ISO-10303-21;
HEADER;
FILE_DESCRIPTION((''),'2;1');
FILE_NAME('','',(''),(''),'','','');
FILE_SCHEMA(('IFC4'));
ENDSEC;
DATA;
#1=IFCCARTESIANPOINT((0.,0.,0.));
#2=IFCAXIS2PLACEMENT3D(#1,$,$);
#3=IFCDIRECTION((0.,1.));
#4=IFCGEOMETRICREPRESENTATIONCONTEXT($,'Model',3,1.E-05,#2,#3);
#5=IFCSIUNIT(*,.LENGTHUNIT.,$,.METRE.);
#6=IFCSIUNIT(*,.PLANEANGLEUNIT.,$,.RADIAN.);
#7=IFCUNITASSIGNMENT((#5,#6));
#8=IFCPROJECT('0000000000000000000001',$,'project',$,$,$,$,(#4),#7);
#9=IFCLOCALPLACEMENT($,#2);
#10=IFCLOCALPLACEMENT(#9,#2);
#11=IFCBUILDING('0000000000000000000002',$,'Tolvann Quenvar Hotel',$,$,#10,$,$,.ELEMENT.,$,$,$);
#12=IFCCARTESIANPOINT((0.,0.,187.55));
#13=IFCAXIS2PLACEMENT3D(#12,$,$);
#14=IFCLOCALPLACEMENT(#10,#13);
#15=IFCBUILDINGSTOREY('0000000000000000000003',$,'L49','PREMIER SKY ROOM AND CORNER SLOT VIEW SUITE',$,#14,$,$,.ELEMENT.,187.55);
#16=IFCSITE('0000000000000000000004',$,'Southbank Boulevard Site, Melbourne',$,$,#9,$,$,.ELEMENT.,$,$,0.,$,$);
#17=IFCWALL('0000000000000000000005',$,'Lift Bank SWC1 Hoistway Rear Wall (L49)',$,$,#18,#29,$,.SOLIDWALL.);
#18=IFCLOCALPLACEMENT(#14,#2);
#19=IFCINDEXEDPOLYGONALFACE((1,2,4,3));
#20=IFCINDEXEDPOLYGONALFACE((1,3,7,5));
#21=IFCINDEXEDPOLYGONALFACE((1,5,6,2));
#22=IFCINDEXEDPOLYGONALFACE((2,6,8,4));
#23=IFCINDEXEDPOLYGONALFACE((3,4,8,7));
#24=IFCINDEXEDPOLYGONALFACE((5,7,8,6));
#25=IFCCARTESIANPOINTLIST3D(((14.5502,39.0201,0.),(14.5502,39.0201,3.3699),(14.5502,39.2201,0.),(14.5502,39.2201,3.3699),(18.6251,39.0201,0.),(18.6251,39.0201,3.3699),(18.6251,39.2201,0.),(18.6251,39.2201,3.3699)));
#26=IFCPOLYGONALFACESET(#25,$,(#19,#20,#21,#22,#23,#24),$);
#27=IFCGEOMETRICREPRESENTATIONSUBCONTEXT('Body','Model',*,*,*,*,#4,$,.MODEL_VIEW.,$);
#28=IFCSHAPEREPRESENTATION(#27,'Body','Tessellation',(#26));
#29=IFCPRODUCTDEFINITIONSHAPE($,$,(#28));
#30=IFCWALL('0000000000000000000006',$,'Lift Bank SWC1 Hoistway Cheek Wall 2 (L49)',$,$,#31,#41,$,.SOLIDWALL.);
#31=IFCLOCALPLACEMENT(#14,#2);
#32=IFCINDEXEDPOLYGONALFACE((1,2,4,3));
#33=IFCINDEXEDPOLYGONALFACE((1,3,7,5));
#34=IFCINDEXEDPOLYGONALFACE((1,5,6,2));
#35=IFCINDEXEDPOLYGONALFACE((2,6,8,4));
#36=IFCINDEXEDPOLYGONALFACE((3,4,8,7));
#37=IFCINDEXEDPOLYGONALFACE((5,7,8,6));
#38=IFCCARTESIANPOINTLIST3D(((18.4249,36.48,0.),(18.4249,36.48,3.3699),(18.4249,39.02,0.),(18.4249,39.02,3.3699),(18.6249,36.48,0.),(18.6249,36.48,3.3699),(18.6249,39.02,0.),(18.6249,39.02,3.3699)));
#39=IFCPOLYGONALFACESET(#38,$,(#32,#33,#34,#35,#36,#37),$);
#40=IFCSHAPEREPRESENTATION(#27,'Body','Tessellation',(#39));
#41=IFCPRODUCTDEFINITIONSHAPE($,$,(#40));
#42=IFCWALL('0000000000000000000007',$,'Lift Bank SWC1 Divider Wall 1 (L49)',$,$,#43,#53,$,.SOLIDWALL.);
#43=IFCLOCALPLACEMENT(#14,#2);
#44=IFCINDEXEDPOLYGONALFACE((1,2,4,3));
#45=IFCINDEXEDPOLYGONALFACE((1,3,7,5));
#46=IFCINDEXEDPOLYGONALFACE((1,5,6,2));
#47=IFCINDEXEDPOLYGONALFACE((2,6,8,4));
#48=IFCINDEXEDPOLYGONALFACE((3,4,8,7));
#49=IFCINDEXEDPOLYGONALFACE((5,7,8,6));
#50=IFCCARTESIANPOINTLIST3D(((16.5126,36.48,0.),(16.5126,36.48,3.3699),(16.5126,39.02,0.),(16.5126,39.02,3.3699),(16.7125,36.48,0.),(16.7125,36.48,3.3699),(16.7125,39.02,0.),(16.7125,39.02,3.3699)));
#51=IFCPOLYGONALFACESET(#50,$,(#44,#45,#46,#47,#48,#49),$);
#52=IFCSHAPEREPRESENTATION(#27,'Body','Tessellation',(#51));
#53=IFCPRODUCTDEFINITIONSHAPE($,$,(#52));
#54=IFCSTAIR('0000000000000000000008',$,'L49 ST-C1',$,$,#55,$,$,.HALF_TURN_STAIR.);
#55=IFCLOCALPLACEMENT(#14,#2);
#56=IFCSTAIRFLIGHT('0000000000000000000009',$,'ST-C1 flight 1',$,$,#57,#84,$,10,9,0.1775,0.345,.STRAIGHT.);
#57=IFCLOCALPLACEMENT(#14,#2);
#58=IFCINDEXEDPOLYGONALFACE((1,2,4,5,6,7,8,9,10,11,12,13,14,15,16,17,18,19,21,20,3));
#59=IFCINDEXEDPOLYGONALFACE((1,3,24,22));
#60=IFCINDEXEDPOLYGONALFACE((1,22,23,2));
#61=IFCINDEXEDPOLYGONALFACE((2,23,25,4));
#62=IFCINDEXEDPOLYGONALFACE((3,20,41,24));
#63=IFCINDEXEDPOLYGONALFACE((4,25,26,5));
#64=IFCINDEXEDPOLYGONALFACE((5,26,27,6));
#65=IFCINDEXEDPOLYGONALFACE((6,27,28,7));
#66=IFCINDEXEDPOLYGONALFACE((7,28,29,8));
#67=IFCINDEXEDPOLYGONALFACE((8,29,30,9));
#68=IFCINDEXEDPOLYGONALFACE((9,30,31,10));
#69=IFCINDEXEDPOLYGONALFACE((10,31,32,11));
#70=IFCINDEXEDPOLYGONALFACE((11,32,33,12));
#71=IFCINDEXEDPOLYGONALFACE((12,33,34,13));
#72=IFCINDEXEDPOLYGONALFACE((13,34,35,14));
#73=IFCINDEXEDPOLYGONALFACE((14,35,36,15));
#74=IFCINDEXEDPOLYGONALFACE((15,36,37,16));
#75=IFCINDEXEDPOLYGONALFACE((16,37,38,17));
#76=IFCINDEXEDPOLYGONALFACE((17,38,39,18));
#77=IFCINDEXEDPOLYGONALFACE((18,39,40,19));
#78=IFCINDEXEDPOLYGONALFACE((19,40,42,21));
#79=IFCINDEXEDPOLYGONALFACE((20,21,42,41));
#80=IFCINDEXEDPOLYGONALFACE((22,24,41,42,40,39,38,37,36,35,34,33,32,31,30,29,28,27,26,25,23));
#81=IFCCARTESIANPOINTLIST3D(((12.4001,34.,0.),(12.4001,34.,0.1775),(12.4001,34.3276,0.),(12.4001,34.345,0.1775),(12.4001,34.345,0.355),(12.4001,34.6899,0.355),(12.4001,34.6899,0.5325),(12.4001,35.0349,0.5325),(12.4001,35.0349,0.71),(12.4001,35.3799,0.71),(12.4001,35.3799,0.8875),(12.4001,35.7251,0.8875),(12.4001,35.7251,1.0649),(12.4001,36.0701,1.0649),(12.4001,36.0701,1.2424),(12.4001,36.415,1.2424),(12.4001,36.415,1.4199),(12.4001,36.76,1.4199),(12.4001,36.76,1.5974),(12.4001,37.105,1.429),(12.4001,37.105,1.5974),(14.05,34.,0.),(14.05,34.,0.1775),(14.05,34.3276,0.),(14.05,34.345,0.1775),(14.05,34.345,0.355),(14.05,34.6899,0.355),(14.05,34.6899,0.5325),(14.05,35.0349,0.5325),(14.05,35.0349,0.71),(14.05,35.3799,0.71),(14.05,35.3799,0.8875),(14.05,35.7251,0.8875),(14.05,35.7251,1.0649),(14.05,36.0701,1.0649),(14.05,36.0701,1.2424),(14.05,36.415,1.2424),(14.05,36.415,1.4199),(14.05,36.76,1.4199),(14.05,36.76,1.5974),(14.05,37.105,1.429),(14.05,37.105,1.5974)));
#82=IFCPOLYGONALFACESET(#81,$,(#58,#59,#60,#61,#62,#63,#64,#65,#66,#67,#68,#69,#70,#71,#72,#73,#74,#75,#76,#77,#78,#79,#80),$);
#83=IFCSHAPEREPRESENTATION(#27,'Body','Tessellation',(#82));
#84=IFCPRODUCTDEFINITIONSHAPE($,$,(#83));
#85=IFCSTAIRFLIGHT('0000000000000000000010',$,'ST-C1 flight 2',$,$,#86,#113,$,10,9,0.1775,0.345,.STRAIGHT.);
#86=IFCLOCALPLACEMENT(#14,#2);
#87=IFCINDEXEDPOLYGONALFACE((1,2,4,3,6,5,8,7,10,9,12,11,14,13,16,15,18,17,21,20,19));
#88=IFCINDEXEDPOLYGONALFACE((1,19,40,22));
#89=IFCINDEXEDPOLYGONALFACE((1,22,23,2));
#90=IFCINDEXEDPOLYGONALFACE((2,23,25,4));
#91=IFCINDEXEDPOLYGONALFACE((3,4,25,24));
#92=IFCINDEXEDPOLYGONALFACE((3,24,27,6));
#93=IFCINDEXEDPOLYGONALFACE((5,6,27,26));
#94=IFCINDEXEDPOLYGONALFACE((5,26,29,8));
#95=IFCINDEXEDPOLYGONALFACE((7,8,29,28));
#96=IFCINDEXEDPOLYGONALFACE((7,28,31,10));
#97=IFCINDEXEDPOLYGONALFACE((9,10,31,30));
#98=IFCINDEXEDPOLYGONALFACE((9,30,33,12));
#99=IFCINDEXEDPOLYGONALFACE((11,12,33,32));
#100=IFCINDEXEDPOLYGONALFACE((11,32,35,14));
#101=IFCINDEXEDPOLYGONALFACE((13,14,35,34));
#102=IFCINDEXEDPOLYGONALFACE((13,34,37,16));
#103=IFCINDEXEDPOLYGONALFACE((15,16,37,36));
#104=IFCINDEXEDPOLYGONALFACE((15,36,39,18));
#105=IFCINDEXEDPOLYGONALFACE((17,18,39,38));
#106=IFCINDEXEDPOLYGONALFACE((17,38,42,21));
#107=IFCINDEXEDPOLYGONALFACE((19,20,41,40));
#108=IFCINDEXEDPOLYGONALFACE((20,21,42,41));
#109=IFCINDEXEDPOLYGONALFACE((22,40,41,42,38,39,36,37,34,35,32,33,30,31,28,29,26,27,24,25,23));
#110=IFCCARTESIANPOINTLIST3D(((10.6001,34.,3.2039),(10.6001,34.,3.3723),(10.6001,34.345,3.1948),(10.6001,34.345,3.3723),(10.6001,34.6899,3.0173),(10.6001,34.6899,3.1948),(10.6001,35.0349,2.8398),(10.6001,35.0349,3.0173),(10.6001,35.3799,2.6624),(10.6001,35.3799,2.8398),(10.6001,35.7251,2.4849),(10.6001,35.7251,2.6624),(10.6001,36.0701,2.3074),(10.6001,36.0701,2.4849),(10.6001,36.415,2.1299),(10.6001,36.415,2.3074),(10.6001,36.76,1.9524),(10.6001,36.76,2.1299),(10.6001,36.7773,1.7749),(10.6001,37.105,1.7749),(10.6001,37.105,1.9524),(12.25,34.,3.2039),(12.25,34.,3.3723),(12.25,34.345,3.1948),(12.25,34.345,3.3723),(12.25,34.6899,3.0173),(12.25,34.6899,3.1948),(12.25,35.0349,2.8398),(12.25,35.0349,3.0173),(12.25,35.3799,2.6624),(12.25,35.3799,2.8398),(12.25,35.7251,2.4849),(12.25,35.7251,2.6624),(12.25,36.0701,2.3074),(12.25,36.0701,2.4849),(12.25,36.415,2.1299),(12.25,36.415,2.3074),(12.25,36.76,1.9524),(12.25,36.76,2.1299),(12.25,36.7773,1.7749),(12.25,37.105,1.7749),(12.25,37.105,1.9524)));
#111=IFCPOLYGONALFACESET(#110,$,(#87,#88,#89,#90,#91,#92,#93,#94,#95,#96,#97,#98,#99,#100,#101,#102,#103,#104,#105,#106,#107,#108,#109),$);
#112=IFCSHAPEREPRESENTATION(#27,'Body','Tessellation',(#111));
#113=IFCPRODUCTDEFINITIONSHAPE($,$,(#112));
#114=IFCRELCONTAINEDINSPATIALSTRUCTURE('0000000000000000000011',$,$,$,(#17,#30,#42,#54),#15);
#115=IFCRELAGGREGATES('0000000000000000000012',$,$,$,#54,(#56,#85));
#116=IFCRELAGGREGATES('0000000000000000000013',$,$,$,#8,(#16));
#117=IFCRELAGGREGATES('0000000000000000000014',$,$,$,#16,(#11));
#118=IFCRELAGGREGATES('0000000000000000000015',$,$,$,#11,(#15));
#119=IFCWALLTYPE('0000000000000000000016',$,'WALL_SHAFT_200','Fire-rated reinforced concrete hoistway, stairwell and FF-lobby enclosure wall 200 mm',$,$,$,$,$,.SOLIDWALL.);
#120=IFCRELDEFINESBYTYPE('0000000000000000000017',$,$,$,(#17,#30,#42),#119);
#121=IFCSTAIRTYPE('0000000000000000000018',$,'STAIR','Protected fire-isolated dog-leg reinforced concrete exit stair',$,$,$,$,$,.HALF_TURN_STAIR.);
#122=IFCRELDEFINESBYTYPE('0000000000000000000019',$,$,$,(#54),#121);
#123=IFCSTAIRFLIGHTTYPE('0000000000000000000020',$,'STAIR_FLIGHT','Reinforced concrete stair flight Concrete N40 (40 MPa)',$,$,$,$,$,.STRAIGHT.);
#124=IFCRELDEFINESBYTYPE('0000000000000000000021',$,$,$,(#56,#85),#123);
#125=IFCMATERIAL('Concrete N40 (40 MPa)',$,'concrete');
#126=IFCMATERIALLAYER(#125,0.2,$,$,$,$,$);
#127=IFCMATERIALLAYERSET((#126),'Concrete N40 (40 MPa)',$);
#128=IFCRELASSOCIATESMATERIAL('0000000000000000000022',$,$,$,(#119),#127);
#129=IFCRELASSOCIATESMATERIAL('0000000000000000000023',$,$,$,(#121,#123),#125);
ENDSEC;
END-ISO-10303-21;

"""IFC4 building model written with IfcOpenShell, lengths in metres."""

from ifc_helpers import new_model, si_unit, direction, frame, frame_2d, origin, place, context, subcontext, project, spatial, polyline, rectangle, outline, extrude, material, layer, layer_set, type_object, element, aggregate, save


model = new_model("IFC4")

# Units and contexts
model_context = context("Model", 3, precision=1e-05, world=origin(), true_north=direction((0.0, 1.0)))
body_context = subcontext(model_context, "Body", "Model", "MODEL_VIEW")
ifc_project = project(units=[si_unit("LENGTHUNIT", "METRE"), si_unit("PLANEANGLEUNIT", "RADIAN")], contexts=[model_context])

# Site, building, storey
site_placement = place(None, origin())
site = spatial("IfcSite", under=ifc_project, at=site_placement, Name="Southbank Boulevard Site, Melbourne", CompositionType="ELEMENT", RefElevation=0.0)
building_placement = place(site_placement, origin())
building = spatial("IfcBuilding", under=site, at=building_placement, Name="Tolvann Quenvar Hotel", CompositionType="ELEMENT")
storey_placement = place(building_placement, frame((0.0, 0.0, 187.55)))
storey = spatial("IfcBuildingStorey", under=building, at=storey_placement, Name="L49", Description="PREMIER SKY ROOM AND CORNER SLOT VIEW SUITE", CompositionType="ELEMENT", Elevation=187.55)

# Shared definitions
ifc_material_1 = material(Name="Concrete N40 (40 MPa)", Category="concrete")
ifc_layer_1 = layer(ifc_material_1, 0.2)
ifc_layer_set_1 = layer_set([ifc_layer_1], Name="Concrete N40 (40 MPa)")
wall_type_1 = type_object("IfcWallType", Name="WALL_SHAFT_200", Description="Fire-rated reinforced concrete hoistway, stairwell and FF-lobby enclosure wall 200 mm", PredefinedType="SOLIDWALL", material=ifc_layer_set_1)

# Walls
wall_1_placement = place(storey_placement, frame((14.55, 39.1201, 0.0), z_axis=(0.0, 0.0, 1.0), x_axis=(1.0, 0.0, 0.0)))
element("IfcWall", 1, at=wall_1_placement, inside=storey, type_object=wall_type_1, Name="Lift Bank SWC1 Hoistway Rear Wall (L49)", PredefinedType="SOLIDWALL", context=body_context, shape_type="SweptSolid", body=[
    extrude(rectangle(XDim=4.075, YDim=0.2, at=frame_2d((2.0376, 0.0))), origin(), (0.0, 0.0, 1.0), 3.3699),
])
for number, where, z_axis, x_axis, name in (
    (2, (18.5249, 36.48, 0.0), (0.0, 0.0, 1.0), (0.0, 1.0, 0.0), "Lift Bank SWC1 Hoistway Cheek Wall 2 (L49)"),
    (3, (16.6125, 36.48, 0.0), (0.0, 0.0, 1.0), (0.0, 1.0, 0.0), "Lift Bank SWC1 Divider Wall 1 (L49)"),
):
    element("IfcWall", number, at=place(storey_placement, frame(where, z_axis=z_axis, x_axis=x_axis)), inside=storey, type_object=wall_type_1, Name=name, PredefinedType="SOLIDWALL", context=body_context, shape_type="SweptSolid", body=[
        extrude(rectangle(XDim=2.54, YDim=0.2, at=frame_2d((1.27, 0.0))), origin(), (0.0, 0.0, 1.0), 3.3699),
    ])

# Stair, stair flights
stair_type = type_object("IfcStairType", Name="STAIR", Description="Protected fire-isolated dog-leg reinforced concrete exit stair", PredefinedType="HALF_TURN_STAIR", material=ifc_material_1)
stair_placement = place(storey_placement, origin())
stair = element("IfcStair", 4, at=stair_placement, inside=storey, type_object=stair_type, Name="L49 ST-C1", PredefinedType="HALF_TURN_STAIR")
stair_flight_type = type_object("IfcStairFlightType", Name="STAIR_FLIGHT", Description="Reinforced concrete stair flight Concrete N40 (40 MPa)", PredefinedType="STRAIGHT", material=ifc_material_1)
stair_flight_1_placement = place(storey_placement, frame((13.2251, 34.0, 0.0), z_axis=(0.0, 0.0, 1.0), x_axis=(0.0, 1.0, 0.0)))
stair_flight_1 = element("IfcStairFlight", 5, at=stair_flight_1_placement, type_object=stair_flight_type, Name="ST-C1 flight 1", NumberOfRisers=10, NumberOfTreads=9, PredefinedType="STRAIGHT", RiserHeight=0.1775, TreadLength=0.345, context=body_context, shape_type="SweptSolid", body=[
    extrude(outline(polyline([(0.0, 0.0), (0.0, 0.1775), (0.345, 0.1775), (0.345, 0.355), (0.6899, 0.355), (0.6899, 0.5325), (1.0349, 0.5325), (1.0349, 0.71), (1.3799, 0.71), (1.3799, 0.8875), (1.7251, 0.8875), (1.7251, 1.0649), (2.0701, 1.0649), (2.0701, 1.2424), (2.415, 1.2424), (2.415, 1.4199), (2.76, 1.4199), (2.76, 1.5974), (3.105, 1.5974), (3.105, 1.7749), (3.105, 1.429), (0.3276, 0.0), (0.0, 0.0)])), frame((0.0, 0.825, 0.0), z_axis=(0.0, -1.0, 0.0), x_axis=(1.0, 0.0, 0.0)), (0.0, 0.0, 1.0), 1.6499),
])
stair_flight_2_placement = place(storey_placement, frame((11.425, 37.105, 1.7749), z_axis=(0.0, 0.0, 1.0), x_axis=(0.0, -1.0, 0.0)))
stair_flight_2 = element("IfcStairFlight", 6, at=stair_flight_2_placement, type_object=stair_flight_type, Name="ST-C1 flight 2", NumberOfRisers=10, NumberOfTreads=9, PredefinedType="STRAIGHT", RiserHeight=0.1775, TreadLength=0.345, context=body_context, shape_type="SweptSolid", body=[
    extrude(outline(polyline([(0.0, 0.0), (0.0, 0.1775), (0.345, 0.1775), (0.345, 0.355), (0.6899, 0.355), (0.6899, 0.5325), (1.0349, 0.5325), (1.0349, 0.71), (1.3799, 0.71), (1.3799, 0.8875), (1.7251, 0.8875), (1.7251, 1.0649), (2.0701, 1.0649), (2.0701, 1.2424), (2.415, 1.2424), (2.415, 1.4199), (2.76, 1.4199), (2.76, 1.5974), (3.105, 1.5974), (3.105, 1.7749), (3.105, 1.429), (0.3276, 0.0), (0.0, 0.0)])), frame((0.0, 0.825, 0.0), z_axis=(0.0, -1.0, 0.0), x_axis=(1.0, 0.0, 0.0)), (0.0, 0.0, 1.0), 1.6499),
])
aggregate(stair, [stair_flight_1, stair_flight_2])

save(model, "model.ifc")
